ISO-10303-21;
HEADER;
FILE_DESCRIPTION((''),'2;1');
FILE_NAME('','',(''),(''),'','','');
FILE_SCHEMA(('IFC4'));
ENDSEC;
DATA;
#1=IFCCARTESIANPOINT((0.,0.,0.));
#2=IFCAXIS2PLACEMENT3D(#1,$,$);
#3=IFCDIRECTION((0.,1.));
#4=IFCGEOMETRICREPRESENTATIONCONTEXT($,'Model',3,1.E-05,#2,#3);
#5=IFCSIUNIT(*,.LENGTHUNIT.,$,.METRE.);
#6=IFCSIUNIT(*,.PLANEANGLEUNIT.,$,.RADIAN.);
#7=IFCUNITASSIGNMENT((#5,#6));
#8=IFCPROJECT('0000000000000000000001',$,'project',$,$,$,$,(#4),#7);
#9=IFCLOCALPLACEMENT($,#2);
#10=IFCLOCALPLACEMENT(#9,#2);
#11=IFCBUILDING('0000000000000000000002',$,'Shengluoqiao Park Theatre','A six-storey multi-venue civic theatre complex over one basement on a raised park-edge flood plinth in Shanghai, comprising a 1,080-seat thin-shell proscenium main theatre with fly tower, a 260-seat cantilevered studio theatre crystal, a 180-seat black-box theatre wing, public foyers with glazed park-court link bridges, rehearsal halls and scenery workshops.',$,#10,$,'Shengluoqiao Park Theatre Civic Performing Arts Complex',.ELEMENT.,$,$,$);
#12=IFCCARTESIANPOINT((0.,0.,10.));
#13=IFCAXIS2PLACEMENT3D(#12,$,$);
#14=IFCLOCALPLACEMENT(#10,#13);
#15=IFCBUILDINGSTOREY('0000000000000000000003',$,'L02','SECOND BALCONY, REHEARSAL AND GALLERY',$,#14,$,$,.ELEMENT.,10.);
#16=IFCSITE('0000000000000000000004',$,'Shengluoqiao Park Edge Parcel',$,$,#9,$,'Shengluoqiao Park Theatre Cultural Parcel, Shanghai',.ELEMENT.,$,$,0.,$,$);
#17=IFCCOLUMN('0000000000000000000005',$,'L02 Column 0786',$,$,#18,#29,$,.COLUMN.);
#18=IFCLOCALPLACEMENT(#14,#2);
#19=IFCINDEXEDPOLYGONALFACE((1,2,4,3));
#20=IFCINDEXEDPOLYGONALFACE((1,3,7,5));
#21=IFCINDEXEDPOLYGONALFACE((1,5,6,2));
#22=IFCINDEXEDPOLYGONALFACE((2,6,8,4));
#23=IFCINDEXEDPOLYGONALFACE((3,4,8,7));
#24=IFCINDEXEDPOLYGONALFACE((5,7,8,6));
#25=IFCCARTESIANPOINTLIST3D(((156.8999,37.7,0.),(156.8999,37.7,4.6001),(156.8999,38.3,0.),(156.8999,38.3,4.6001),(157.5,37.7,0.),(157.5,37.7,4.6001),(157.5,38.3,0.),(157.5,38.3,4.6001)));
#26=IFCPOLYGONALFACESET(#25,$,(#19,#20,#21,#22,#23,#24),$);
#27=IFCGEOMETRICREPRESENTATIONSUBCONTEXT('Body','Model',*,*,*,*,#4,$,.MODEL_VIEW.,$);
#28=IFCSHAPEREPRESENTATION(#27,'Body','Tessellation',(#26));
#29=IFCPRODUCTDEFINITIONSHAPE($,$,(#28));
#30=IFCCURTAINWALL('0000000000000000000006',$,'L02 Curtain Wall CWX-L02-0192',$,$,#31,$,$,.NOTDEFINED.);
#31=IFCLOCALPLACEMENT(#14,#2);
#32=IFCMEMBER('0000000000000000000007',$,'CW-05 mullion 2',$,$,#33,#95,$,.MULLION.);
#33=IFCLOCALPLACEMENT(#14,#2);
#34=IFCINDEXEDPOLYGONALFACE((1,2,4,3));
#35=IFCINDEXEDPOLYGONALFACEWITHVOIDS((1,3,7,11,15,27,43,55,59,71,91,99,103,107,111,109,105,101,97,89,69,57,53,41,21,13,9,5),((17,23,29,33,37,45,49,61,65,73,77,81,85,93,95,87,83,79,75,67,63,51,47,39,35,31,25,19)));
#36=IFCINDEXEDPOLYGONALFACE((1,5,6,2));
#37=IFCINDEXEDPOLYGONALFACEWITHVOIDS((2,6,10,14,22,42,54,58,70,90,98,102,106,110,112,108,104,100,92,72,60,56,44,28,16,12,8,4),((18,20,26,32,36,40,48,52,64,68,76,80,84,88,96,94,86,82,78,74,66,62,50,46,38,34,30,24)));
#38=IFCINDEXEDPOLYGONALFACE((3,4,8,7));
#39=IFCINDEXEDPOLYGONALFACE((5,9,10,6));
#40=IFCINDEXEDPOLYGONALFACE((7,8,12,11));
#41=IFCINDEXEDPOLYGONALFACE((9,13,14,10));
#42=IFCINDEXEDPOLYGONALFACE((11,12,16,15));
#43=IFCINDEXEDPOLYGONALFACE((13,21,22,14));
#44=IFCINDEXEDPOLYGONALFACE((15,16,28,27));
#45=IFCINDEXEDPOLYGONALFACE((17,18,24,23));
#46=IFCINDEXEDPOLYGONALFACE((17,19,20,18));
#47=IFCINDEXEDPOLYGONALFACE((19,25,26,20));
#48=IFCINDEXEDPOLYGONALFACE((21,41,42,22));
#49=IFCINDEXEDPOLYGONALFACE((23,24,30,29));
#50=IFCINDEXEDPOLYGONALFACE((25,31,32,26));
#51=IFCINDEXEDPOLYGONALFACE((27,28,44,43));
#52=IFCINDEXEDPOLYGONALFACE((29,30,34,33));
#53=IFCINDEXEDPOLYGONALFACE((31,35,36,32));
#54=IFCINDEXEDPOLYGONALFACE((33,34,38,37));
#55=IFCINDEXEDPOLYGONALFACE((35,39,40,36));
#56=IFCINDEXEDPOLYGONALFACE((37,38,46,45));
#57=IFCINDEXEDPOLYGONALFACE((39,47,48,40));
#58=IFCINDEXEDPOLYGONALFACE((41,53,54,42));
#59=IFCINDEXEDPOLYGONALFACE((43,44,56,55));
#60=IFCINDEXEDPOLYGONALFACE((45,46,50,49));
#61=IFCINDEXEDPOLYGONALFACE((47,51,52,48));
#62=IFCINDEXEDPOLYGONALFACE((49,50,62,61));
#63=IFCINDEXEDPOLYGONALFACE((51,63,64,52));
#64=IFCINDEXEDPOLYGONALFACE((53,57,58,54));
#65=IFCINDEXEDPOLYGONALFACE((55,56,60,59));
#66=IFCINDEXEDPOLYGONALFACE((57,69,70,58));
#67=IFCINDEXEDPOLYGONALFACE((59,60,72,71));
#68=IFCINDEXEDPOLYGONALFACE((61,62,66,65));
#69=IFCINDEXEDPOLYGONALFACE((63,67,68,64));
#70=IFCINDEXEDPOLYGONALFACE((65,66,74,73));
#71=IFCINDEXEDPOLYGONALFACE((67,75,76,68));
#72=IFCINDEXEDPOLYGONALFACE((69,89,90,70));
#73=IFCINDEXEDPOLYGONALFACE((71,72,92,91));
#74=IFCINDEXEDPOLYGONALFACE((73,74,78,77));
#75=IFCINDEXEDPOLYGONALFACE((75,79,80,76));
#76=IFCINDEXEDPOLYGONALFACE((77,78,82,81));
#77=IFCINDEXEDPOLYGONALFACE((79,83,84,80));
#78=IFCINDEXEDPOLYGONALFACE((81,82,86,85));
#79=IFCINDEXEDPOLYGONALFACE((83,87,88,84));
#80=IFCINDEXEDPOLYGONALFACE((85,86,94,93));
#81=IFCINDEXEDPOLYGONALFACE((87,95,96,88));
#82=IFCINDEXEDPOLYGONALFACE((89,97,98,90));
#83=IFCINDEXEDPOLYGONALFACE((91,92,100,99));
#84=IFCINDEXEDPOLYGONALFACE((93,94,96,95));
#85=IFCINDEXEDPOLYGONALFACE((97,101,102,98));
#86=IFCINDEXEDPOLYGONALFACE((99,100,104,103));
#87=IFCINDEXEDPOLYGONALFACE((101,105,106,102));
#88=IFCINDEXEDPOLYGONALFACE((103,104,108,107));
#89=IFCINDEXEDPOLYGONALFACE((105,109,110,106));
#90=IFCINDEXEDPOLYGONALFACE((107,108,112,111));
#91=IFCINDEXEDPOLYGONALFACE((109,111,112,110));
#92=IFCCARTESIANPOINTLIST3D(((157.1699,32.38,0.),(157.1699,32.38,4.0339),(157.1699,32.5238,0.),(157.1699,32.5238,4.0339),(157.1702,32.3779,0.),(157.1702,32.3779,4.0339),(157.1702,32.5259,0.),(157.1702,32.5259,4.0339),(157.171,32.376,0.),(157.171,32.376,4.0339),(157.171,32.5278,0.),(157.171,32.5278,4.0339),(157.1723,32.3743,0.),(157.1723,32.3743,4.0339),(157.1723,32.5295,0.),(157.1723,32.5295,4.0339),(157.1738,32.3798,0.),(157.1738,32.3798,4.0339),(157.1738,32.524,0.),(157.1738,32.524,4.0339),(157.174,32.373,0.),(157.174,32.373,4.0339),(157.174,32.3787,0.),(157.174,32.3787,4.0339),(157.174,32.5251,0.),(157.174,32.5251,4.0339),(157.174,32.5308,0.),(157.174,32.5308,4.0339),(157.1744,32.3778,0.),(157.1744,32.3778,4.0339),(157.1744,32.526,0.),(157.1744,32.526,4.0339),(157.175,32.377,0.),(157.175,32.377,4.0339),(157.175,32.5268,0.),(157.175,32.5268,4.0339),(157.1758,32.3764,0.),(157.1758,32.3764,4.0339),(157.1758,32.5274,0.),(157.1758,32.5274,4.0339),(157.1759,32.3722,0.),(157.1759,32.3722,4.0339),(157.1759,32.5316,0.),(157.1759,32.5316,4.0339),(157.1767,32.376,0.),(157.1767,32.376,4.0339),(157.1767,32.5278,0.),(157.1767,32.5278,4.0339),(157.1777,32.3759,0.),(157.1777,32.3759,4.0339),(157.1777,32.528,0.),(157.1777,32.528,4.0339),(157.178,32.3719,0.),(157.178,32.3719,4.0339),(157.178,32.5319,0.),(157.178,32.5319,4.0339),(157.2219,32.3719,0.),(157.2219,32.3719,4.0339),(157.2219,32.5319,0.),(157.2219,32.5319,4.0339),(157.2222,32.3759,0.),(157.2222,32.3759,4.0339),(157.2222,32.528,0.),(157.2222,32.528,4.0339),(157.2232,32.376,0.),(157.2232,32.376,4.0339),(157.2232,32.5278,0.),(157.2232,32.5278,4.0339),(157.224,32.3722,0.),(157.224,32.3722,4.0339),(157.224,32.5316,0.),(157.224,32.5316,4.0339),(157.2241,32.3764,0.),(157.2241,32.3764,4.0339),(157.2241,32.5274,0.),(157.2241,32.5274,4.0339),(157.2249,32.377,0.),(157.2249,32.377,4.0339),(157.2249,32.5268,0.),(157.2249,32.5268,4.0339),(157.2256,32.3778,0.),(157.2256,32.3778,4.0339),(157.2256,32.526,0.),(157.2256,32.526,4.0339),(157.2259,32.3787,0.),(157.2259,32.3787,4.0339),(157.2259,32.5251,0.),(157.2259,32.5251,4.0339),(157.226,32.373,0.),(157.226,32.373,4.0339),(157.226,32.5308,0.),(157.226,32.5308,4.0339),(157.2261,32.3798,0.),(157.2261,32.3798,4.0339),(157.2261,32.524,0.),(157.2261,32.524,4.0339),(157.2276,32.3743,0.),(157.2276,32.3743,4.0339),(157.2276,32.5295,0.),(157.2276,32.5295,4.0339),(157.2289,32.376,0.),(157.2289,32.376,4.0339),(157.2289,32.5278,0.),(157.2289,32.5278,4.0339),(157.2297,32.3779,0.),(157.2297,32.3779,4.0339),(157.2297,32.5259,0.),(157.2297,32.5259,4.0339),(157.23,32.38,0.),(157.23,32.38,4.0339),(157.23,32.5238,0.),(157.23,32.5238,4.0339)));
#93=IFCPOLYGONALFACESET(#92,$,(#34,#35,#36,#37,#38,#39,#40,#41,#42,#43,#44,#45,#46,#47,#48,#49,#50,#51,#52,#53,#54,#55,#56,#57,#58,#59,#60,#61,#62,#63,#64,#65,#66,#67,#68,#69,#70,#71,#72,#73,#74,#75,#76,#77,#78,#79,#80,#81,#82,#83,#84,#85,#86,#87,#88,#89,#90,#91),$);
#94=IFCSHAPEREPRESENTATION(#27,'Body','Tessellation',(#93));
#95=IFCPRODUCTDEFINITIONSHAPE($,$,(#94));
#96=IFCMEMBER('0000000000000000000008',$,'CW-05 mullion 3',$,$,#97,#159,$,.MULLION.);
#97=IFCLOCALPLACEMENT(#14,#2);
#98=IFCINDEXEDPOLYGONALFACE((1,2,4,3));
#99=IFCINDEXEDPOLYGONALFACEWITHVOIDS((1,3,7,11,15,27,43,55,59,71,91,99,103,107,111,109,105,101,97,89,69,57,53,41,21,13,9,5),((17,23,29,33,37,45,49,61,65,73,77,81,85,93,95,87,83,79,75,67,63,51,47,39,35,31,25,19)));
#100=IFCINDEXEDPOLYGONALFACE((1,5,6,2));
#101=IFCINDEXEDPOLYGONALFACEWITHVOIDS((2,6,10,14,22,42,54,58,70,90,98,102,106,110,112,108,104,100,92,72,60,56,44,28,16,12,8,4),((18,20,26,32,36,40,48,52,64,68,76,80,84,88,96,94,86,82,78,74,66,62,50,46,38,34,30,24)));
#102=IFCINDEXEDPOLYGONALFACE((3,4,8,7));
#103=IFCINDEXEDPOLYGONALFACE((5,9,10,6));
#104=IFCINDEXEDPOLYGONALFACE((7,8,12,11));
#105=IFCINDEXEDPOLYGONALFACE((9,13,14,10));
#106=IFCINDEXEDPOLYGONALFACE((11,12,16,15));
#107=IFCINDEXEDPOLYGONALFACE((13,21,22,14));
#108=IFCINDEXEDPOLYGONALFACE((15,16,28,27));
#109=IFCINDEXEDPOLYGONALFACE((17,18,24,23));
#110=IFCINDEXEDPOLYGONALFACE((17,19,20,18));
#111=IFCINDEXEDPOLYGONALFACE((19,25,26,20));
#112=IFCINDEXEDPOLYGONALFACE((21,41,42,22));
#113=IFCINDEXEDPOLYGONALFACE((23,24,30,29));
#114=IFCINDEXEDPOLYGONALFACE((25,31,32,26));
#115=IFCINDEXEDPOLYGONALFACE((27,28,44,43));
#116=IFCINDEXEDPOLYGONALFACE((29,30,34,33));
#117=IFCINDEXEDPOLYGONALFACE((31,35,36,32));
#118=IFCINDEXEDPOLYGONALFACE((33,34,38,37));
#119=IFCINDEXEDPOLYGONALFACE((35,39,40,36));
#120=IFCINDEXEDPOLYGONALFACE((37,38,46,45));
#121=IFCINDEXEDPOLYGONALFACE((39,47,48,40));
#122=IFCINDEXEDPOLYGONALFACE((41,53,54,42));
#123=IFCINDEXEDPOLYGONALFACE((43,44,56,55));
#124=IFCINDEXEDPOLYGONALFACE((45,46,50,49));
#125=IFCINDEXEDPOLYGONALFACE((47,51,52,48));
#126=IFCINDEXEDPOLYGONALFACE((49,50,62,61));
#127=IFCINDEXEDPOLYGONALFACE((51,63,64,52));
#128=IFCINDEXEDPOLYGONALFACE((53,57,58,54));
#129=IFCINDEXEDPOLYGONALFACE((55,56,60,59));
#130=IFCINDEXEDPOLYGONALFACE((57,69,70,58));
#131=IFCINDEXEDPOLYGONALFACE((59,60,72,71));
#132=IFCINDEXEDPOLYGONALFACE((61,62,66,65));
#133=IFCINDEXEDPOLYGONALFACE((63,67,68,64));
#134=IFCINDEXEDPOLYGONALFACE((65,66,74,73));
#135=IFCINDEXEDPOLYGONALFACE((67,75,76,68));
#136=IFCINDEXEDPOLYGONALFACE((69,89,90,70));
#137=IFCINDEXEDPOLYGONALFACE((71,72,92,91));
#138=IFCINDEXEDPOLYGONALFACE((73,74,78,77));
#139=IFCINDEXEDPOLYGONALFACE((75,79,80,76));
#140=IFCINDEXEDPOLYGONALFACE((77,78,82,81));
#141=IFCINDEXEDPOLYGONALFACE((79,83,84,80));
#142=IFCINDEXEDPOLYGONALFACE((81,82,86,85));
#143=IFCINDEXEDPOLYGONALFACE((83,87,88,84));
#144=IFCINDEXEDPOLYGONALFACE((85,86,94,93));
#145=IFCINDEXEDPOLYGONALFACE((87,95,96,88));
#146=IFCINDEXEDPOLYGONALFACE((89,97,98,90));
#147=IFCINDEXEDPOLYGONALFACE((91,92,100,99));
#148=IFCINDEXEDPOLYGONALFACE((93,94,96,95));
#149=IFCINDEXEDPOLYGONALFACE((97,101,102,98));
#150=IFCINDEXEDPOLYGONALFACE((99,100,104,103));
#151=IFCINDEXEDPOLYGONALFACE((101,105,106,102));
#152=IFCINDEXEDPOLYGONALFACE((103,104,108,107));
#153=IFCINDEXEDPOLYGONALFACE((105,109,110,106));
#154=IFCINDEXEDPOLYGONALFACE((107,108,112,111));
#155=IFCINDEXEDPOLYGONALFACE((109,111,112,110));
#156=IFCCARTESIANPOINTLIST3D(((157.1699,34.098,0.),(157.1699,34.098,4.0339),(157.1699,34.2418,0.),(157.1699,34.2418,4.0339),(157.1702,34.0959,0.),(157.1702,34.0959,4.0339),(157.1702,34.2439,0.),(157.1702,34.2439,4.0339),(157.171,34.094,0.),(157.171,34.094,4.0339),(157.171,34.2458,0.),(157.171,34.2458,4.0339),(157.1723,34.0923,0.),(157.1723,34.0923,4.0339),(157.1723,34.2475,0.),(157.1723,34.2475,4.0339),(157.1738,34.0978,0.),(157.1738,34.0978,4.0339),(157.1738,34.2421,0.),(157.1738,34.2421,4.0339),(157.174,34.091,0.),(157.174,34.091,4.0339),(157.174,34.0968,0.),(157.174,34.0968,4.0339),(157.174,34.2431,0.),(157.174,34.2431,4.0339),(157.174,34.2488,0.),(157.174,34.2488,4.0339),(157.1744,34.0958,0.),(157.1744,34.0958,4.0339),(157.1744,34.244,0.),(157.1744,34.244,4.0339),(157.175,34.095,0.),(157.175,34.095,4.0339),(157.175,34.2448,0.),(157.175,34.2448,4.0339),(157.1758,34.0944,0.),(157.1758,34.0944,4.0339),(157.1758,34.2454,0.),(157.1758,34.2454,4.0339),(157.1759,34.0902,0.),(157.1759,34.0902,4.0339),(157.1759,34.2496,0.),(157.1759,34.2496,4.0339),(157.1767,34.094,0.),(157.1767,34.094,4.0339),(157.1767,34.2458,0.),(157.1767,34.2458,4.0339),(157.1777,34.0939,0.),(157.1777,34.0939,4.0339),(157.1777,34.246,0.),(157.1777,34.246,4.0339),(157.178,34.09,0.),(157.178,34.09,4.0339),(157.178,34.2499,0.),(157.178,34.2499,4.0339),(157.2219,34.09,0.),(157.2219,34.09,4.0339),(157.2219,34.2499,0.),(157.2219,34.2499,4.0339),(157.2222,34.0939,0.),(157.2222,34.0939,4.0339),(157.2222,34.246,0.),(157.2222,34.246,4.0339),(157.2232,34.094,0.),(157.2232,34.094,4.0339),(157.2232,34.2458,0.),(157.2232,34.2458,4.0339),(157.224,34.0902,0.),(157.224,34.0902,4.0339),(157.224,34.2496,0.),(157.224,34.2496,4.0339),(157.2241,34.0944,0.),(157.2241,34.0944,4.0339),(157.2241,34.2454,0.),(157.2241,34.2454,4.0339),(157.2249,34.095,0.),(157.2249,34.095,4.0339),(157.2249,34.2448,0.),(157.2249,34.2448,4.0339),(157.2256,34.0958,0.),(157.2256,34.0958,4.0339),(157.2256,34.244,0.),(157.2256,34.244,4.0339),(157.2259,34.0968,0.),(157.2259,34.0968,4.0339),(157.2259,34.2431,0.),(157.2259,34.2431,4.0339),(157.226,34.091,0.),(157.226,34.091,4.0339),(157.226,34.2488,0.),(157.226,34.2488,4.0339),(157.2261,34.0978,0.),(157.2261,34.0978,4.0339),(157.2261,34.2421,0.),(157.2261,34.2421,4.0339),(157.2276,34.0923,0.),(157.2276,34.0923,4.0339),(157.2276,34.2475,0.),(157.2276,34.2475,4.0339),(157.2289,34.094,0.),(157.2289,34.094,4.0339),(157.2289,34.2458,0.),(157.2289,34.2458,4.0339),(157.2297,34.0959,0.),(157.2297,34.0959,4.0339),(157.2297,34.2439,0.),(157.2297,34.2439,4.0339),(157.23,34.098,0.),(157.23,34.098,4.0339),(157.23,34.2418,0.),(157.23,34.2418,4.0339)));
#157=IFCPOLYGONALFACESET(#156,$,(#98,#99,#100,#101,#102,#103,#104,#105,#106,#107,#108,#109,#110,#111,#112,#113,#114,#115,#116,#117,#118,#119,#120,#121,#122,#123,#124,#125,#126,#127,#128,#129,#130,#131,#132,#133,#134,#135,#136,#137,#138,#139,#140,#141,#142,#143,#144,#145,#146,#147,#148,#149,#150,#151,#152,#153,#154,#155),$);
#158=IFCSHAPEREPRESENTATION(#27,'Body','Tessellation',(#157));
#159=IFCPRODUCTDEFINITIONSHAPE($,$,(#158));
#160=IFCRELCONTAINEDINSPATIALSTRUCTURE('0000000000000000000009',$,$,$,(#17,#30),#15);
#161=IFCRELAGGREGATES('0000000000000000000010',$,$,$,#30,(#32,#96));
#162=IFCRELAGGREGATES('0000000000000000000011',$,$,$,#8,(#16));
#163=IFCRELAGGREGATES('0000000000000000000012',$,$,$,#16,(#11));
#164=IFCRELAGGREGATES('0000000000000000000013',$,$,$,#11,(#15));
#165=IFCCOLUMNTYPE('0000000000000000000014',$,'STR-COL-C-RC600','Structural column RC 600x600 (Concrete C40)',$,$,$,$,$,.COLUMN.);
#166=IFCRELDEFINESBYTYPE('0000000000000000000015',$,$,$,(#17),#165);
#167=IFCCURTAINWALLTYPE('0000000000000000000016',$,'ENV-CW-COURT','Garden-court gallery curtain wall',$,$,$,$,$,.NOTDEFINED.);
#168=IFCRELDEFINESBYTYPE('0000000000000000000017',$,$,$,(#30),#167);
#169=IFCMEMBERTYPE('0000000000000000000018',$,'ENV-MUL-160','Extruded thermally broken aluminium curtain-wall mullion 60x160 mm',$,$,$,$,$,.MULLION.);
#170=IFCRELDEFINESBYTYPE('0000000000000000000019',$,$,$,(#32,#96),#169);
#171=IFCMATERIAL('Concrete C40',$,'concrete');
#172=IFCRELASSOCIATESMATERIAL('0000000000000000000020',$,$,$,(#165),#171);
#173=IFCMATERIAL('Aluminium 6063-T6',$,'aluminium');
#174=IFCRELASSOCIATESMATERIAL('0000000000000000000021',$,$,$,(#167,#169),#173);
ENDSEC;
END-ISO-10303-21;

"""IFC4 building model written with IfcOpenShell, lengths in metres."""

from ifc_helpers import new_model, si_unit, direction, frame, origin, origin_2d, place, context, subcontext, project, spatial, rectangle, hollow_rectangle, extrude, material, material_profile, profile_set, type_object, element, aggregate, save


model = new_model("IFC4")

# Units and contexts
model_context = context("Model", 3, precision=1e-05, world=origin(), true_north=direction((0.0, 1.0)))
body_context = subcontext(model_context, "Body", "Model", "MODEL_VIEW")
ifc_project = project(units=[si_unit("LENGTHUNIT", "METRE"), si_unit("PLANEANGLEUNIT", "RADIAN")], contexts=[model_context])

# Site, building, storey
site_placement = place(None, origin())
site = spatial("IfcSite", under=ifc_project, at=site_placement, Name="Shengluoqiao Park Edge Parcel", LongName="Shengluoqiao Park Theatre Cultural Parcel, Shanghai", CompositionType="ELEMENT", RefElevation=0.0)
building_placement = place(site_placement, origin())
building = spatial("IfcBuilding", under=site, at=building_placement, Name="Shengluoqiao Park Theatre", Description="A six-storey multi-venue civic theatre complex over one basement on a raised park-edge flood plinth in Shanghai, comprising a 1,080-seat thin-shell proscenium main theatre with fly tower, a 260-seat cantilevered studio theatre crystal, a 180-seat black-box theatre wing, public foyers with glazed park-court link bridges, rehearsal halls and scenery workshops.", LongName="Shengluoqiao Park Theatre Civic Performing Arts Complex", CompositionType="ELEMENT")
storey_placement = place(building_placement, frame((0.0, 0.0, 10.0)))
storey = spatial("IfcBuildingStorey", under=building, at=storey_placement, Name="L02", Description="SECOND BALCONY, REHEARSAL AND GALLERY", CompositionType="ELEMENT", Elevation=10.0)

# Column
ifc_material_1 = material(Name="Concrete C40", Category="concrete")
ifc_material_profile_1 = material_profile(ifc_material_1, rectangle(XDim=0.6001, YDim=0.6001, at=origin_2d()), Name="RC 600x600")
ifc_profile_set_1 = profile_set([ifc_material_profile_1], Name="Concrete C40")
column_type = type_object("IfcColumnType", Name="STR-COL-C-RC600", Description="Structural column RC 600x600 (Concrete C40)", PredefinedType="COLUMN", material=ifc_profile_set_1)
column_placement = place(storey_placement, frame((157.2, 38.0, 0.0), z_axis=(0.0, 0.0, 1.0), x_axis=(1.0, 0.0, 0.0)))
element("IfcColumn", 1, at=column_placement, inside=storey, type_object=column_type, Name="L02 Column 0786", PredefinedType="COLUMN", context=body_context, shape_type="SweptSolid", body=[
    extrude(rectangle(XDim=0.6001, YDim=0.6001, at=origin_2d()), origin(), (0.0, 0.0, 1.0), 4.6001),
])

# Curtain wall, members
ifc_material_2 = material(Name="Aluminium 6063-T6", Category="aluminium")
curtain_wall_type = type_object("IfcCurtainWallType", Name="ENV-CW-COURT", Description="Garden-court gallery curtain wall", PredefinedType="NOTDEFINED", material=ifc_material_2)
curtain_wall_1_placement = place(storey_placement, origin())
curtain_wall_1 = element("IfcCurtainWall", 2, at=curtain_wall_1_placement, inside=storey, type_object=curtain_wall_type, Name="L02 Curtain Wall CWX-L02-0192", PredefinedType="NOTDEFINED")
ifc_material_profile_2 = material_profile(ifc_material_2, hollow_rectangle(XDim=0.0601, YDim=0.1599, WallThickness=0.0039, InnerFilletRadius=0.0039, OuterFilletRadius=0.0081, at=origin_2d()), Name="ALU MULLION 160x60x4")
ifc_profile_set_2 = profile_set([ifc_material_profile_2], Name="Aluminium 6063-T6")
member_type_1 = type_object("IfcMemberType", Name="ENV-MUL-160", Description="Extruded thermally broken aluminium curtain-wall mullion 60x160 mm", PredefinedType="MULLION", material=ifc_profile_set_2)
member_1_placement = place(storey_placement, frame((157.2, 32.4519, 0.0), z_axis=(0.0, 0.0, 1.0), x_axis=(-1.0, 0.0, 0.0)))
member_1 = element("IfcMember", 3, at=member_1_placement, type_object=member_type_1, Name="CW-05 mullion 2", PredefinedType="MULLION", context=body_context, shape_type="SweptSolid", body=[
    extrude(hollow_rectangle(XDim=0.0601, YDim=0.1599, WallThickness=0.0039, InnerFilletRadius=0.0039, OuterFilletRadius=0.0081, at=origin_2d()), origin(), (0.0, 0.0, 1.0), 4.0339),
])
member_2_placement = place(storey_placement, frame((157.2, 34.1699, 0.0), z_axis=(0.0, 0.0, 1.0), x_axis=(-1.0, 0.0, 0.0)))
member_2 = element("IfcMember", 4, at=member_2_placement, type_object=member_type_1, Name="CW-05 mullion 3", PredefinedType="MULLION", context=body_context, shape_type="SweptSolid", body=[
    extrude(hollow_rectangle(XDim=0.0601, YDim=0.1599, WallThickness=0.0039, InnerFilletRadius=0.0039, OuterFilletRadius=0.0081, at=origin_2d()), origin(), (0.0, 0.0, 1.0), 4.0339),
])

aggregate(curtain_wall_1, [member_1, member_2])

save(model, "model.ifc")
